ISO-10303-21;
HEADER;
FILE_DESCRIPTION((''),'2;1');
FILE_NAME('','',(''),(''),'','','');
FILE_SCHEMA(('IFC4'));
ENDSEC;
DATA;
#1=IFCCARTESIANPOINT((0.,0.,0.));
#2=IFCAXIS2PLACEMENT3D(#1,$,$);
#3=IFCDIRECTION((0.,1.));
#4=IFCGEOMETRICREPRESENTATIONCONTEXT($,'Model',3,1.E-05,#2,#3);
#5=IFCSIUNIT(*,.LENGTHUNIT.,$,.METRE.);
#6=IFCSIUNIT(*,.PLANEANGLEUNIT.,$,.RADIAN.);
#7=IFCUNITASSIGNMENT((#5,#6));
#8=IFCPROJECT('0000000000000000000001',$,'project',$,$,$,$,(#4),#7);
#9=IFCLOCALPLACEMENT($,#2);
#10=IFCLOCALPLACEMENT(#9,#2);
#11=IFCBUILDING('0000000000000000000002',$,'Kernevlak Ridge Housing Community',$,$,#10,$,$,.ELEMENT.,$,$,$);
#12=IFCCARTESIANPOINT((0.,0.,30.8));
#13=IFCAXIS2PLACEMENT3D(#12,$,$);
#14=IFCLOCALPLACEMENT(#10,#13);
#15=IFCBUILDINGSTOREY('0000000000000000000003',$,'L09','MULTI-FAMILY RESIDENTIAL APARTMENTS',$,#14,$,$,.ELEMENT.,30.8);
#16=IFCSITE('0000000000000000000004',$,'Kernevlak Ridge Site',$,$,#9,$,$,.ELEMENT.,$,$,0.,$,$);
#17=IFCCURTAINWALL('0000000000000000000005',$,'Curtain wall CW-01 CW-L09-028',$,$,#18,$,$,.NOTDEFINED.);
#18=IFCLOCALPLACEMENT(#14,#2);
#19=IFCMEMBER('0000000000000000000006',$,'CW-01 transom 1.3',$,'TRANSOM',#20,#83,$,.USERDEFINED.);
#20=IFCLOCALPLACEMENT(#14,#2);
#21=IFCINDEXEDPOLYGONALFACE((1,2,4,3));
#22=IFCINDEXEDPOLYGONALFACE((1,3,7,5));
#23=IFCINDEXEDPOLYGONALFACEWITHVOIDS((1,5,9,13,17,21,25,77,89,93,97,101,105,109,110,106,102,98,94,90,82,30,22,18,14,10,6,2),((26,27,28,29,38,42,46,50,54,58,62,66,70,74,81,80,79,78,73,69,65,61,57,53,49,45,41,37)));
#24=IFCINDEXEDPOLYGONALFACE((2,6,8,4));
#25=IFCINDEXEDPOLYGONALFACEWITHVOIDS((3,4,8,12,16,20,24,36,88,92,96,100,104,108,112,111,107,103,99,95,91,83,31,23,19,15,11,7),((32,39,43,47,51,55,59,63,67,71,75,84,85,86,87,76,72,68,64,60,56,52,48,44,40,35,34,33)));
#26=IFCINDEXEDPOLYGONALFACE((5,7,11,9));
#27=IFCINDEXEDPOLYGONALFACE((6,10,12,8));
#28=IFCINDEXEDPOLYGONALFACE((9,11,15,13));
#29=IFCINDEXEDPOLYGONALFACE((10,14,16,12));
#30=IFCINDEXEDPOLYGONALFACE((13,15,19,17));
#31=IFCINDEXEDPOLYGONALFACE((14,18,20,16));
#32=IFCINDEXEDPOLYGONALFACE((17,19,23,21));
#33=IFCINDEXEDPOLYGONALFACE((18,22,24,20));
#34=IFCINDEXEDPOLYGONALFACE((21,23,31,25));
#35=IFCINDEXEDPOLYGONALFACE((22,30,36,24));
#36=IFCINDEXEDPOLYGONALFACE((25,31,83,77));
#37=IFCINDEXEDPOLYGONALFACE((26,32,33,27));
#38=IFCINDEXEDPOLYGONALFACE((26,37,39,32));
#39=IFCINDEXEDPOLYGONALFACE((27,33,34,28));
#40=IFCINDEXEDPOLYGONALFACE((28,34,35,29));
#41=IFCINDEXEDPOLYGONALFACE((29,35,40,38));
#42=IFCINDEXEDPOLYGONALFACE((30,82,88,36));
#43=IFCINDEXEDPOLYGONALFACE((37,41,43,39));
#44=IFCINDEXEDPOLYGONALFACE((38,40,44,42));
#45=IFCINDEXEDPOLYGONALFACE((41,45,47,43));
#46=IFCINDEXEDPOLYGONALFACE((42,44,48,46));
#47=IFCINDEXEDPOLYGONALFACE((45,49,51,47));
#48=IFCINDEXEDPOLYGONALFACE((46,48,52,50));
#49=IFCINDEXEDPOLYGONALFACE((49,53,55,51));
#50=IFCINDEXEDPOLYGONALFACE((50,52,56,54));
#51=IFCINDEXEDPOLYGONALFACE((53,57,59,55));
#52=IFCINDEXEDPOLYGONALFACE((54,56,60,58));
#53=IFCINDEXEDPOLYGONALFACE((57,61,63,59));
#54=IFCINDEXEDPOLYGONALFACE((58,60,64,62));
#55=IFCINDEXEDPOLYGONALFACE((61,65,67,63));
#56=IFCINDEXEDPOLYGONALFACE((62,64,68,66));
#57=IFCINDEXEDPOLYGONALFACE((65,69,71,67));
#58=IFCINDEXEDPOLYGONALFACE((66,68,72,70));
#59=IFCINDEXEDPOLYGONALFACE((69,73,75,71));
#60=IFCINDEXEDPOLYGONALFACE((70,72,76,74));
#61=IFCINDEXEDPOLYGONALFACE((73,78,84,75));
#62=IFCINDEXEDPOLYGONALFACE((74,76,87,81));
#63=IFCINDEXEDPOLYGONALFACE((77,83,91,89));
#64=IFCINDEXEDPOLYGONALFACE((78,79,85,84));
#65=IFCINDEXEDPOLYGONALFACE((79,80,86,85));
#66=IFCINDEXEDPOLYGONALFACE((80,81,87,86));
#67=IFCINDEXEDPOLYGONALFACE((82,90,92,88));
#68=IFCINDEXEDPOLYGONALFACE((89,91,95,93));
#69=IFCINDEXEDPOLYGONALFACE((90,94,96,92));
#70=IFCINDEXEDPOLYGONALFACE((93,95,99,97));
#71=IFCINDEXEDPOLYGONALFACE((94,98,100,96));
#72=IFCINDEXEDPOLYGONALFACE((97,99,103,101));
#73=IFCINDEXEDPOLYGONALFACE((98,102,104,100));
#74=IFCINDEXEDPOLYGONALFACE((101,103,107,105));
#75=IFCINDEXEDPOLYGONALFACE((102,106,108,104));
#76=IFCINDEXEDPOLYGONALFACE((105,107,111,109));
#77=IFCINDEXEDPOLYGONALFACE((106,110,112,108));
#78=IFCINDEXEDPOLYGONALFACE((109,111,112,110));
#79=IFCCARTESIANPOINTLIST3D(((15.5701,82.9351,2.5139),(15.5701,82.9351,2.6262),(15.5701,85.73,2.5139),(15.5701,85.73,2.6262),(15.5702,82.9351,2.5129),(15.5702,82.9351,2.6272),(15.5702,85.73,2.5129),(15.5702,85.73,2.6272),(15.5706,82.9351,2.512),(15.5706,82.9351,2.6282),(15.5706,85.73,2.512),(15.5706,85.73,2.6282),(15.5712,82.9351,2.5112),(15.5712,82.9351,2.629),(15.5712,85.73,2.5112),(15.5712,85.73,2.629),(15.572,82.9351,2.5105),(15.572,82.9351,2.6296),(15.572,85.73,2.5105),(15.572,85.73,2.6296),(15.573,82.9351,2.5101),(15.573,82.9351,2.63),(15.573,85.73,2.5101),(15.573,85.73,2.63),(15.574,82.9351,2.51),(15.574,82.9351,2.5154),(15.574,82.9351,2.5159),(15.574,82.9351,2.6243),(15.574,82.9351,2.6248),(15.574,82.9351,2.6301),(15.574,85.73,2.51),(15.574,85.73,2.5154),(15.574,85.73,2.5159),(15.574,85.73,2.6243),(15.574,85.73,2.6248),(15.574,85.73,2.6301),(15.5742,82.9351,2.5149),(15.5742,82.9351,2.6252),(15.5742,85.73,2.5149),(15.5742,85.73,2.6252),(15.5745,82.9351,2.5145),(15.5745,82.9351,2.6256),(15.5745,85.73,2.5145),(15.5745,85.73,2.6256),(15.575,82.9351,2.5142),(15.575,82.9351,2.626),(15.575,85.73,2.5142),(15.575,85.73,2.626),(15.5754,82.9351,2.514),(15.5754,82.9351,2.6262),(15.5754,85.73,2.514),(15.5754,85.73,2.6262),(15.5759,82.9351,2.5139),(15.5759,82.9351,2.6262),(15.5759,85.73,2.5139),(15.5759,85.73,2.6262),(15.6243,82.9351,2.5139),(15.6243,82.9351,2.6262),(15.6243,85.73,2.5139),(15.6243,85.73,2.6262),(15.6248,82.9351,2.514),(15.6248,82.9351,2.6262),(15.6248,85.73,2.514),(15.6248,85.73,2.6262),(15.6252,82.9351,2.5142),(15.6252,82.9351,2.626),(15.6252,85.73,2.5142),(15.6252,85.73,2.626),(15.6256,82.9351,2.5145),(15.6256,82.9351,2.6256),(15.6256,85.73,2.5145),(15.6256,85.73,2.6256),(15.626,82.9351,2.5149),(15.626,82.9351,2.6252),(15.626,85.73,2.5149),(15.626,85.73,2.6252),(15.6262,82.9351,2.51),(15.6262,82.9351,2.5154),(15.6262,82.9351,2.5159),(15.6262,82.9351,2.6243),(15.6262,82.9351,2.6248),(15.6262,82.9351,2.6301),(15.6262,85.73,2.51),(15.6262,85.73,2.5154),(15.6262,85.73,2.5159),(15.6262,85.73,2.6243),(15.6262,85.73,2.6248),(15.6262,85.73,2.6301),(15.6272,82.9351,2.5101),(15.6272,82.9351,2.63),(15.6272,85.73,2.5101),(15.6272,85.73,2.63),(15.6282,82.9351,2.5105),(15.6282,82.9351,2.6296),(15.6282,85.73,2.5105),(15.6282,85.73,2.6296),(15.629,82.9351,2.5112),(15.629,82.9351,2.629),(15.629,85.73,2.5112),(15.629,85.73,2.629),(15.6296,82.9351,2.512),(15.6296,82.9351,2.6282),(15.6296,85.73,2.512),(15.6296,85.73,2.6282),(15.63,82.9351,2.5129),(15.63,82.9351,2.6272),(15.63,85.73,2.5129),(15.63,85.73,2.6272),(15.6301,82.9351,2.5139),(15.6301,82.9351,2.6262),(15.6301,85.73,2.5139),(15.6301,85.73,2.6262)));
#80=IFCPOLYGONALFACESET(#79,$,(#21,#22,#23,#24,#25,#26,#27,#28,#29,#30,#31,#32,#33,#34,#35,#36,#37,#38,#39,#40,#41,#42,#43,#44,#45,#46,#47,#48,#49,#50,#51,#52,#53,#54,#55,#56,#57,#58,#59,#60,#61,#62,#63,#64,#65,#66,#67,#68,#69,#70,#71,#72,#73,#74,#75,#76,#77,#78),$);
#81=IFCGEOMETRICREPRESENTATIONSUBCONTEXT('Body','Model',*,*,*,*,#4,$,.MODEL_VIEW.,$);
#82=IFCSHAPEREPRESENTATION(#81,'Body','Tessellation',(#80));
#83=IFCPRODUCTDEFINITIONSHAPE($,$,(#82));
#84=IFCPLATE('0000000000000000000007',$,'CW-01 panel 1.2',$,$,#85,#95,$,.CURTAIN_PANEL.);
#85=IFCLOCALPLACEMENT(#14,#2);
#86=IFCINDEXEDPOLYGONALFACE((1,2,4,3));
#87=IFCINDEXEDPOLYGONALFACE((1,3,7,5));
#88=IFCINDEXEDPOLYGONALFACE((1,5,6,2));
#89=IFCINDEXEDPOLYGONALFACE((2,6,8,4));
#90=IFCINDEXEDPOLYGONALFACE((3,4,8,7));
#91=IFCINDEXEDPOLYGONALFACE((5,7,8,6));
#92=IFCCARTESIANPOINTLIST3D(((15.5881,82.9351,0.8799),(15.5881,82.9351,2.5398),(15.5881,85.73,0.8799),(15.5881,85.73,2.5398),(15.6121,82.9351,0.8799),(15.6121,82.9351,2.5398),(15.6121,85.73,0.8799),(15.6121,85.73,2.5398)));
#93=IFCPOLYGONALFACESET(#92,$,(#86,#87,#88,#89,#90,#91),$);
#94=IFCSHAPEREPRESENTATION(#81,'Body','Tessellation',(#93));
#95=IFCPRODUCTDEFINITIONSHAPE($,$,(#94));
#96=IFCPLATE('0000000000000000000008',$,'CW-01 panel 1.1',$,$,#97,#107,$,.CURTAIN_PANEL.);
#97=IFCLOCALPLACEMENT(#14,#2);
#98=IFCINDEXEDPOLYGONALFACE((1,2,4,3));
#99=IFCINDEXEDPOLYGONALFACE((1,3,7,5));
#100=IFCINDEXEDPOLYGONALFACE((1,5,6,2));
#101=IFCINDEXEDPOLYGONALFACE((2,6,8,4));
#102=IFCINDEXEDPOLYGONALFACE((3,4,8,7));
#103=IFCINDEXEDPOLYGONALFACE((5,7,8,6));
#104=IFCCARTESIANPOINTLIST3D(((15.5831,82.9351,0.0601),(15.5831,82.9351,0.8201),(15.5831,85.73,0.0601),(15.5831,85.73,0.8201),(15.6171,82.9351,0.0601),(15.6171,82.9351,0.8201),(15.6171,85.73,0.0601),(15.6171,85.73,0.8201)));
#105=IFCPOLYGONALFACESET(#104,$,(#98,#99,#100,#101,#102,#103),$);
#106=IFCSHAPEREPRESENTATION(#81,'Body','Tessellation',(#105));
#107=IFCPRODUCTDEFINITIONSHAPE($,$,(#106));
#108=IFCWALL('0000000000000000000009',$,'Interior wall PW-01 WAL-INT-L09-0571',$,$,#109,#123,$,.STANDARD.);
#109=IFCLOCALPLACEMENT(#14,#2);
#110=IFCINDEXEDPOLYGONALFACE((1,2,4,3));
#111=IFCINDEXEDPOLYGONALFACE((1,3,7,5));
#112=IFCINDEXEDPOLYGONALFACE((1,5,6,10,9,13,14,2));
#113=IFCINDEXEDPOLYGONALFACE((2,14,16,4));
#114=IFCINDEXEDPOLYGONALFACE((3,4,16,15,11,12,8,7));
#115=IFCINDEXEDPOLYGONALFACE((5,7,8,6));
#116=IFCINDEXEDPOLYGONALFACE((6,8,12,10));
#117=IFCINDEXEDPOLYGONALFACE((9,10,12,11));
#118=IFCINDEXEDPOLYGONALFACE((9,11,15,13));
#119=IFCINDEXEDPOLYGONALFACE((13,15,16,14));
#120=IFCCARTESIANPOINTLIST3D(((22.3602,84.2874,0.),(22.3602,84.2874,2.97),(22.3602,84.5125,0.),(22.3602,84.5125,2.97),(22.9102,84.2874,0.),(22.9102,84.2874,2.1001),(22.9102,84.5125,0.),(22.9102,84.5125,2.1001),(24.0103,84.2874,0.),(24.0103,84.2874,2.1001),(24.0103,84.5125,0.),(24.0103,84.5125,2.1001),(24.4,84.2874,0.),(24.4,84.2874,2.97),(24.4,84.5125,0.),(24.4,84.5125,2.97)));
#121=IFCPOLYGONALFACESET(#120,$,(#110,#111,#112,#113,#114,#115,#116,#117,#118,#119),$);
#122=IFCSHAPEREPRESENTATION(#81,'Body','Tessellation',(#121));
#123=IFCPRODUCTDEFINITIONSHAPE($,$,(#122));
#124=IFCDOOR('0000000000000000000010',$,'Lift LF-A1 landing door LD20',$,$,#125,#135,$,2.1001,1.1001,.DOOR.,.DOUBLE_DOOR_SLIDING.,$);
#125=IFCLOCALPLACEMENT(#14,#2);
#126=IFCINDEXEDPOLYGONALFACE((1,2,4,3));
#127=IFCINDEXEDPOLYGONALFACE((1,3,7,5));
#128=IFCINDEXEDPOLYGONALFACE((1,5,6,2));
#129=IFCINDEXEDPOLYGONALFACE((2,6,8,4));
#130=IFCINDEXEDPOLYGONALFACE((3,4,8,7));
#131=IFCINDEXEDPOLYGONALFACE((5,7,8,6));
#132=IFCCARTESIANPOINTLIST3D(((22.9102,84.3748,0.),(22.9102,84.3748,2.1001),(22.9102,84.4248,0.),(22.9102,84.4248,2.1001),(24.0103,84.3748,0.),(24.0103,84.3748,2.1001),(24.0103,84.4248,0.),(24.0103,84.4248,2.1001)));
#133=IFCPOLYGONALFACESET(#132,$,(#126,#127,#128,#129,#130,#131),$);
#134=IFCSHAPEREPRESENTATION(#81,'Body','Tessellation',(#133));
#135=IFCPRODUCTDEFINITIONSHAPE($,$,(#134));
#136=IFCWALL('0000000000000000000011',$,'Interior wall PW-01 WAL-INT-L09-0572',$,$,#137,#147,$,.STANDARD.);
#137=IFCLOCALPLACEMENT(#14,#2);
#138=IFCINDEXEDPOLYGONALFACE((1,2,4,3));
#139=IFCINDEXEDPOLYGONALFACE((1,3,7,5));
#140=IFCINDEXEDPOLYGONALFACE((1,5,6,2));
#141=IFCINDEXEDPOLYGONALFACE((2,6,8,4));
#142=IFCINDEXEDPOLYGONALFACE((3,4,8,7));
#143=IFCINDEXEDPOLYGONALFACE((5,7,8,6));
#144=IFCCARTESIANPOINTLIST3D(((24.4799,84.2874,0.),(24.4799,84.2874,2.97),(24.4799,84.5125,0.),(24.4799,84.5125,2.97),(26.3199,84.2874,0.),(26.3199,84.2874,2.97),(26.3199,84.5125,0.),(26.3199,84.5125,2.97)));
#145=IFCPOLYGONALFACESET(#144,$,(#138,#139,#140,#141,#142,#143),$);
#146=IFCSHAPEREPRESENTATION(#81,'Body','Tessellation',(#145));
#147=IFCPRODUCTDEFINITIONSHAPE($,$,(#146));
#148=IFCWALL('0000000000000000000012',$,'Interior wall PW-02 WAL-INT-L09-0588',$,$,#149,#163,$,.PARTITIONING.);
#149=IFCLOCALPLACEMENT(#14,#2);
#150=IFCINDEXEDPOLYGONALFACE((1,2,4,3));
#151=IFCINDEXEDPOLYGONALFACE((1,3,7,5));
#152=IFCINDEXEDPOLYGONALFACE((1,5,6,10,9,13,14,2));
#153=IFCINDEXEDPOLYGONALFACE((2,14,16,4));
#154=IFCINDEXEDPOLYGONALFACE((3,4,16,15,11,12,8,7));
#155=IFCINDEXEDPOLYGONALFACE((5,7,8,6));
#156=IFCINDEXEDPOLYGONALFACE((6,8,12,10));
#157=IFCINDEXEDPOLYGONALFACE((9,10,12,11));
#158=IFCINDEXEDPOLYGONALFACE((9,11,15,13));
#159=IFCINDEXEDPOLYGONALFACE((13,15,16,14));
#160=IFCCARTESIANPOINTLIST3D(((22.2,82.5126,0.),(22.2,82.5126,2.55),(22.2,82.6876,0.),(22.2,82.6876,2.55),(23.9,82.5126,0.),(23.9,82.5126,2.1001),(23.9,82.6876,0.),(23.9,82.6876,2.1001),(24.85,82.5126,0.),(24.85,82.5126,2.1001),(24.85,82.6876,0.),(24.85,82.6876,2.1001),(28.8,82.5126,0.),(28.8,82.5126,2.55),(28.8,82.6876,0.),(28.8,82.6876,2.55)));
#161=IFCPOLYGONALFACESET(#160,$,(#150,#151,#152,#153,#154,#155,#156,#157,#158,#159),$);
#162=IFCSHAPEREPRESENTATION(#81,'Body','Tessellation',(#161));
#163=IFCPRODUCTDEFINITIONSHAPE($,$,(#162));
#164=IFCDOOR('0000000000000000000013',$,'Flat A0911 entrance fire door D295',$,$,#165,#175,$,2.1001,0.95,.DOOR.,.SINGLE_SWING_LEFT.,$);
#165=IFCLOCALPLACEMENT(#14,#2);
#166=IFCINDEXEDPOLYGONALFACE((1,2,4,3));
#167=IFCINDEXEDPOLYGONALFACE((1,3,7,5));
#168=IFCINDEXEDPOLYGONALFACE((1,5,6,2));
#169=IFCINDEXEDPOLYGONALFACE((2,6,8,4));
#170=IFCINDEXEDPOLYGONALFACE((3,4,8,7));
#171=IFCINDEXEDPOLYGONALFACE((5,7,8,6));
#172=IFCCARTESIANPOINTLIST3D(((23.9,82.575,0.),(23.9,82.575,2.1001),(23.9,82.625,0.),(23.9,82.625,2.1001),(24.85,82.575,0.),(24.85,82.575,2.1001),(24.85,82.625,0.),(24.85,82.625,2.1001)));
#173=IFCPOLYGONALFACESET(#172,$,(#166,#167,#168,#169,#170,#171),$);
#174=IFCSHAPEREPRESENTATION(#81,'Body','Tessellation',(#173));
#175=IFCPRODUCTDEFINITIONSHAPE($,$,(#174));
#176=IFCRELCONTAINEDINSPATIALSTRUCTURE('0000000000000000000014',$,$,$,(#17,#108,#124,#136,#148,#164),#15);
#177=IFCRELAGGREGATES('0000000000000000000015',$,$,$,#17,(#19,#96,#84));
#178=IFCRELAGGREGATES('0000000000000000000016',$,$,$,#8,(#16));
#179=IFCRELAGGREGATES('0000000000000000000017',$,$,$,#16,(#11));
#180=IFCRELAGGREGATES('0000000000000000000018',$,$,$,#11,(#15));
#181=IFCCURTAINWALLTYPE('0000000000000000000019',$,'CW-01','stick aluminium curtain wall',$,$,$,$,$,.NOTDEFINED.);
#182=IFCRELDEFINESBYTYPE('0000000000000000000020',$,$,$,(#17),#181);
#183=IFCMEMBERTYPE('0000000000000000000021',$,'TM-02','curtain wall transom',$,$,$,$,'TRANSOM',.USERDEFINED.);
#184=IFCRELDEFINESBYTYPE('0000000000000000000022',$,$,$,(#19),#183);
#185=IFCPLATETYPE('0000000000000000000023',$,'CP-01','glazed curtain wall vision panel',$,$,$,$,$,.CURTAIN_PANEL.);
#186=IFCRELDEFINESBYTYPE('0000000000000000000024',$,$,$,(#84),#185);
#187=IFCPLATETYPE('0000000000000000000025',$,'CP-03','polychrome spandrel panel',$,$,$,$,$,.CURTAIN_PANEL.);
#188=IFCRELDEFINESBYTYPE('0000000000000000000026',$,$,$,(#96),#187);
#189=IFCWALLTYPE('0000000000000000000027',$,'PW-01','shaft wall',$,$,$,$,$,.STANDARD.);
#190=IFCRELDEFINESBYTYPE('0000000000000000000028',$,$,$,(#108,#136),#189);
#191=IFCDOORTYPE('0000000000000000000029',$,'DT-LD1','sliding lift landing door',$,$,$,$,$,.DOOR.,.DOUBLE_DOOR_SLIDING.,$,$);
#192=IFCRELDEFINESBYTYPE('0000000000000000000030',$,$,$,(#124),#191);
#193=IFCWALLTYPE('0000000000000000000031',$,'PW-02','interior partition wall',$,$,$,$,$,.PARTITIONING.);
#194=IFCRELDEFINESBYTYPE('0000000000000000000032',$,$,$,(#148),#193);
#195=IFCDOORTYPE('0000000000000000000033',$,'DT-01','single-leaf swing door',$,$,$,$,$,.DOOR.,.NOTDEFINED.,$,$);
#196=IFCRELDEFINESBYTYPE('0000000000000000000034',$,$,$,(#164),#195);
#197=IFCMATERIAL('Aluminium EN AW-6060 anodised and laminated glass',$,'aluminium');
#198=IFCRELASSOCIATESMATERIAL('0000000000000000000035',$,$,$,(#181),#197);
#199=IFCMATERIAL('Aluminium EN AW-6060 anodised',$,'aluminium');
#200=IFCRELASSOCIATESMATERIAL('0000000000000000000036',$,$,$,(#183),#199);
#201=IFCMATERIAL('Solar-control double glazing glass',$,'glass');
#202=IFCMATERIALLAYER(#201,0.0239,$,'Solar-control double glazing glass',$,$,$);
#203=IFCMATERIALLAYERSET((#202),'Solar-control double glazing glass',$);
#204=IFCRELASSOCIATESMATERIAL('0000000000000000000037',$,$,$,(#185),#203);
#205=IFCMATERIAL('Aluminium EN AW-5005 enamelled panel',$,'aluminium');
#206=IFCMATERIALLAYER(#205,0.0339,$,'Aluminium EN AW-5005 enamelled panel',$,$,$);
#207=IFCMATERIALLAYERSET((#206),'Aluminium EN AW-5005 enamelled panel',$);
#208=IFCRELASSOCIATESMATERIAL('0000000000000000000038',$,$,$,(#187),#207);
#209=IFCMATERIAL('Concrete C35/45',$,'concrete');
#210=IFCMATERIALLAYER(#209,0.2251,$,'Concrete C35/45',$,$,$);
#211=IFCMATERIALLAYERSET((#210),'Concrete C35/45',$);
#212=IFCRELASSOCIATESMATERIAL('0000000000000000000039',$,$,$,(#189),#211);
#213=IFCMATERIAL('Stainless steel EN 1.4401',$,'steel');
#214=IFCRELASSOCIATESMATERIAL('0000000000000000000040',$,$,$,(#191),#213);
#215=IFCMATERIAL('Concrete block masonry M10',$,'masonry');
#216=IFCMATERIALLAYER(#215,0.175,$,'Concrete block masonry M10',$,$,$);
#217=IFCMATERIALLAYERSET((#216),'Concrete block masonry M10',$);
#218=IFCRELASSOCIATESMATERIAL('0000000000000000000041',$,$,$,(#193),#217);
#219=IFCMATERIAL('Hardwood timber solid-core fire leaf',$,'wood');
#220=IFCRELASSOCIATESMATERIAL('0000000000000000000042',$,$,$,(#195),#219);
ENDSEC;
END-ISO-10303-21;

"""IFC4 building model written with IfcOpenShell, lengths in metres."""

from ifc_helpers import new_model, si_unit, direction, frame, frame_2d, origin, origin_2d, place, context, subcontext, project, spatial, rectangle, hollow_rectangle, extrude, material, layer, layer_set, material_profile, profile_set, type_object, element, fill, aggregate, save


model = new_model("IFC4")

# Units and contexts
model_context = context("Model", 3, precision=1e-05, world=origin(), true_north=direction((0.0, 1.0)))
body_context = subcontext(model_context, "Body", "Model", "MODEL_VIEW")
ifc_project = project(units=[si_unit("LENGTHUNIT", "METRE"), si_unit("PLANEANGLEUNIT", "RADIAN")], contexts=[model_context])

# Site, building, storey
site_placement = place(None, origin())
site = spatial("IfcSite", under=ifc_project, at=site_placement, Name="Kernevlak Ridge Site", CompositionType="ELEMENT", RefElevation=0.0)
building_placement = place(site_placement, origin())
building = spatial("IfcBuilding", under=site, at=building_placement, Name="Kernevlak Ridge Housing Community", CompositionType="ELEMENT")
storey_placement = place(building_placement, frame((0.0, 0.0, 30.8)))
storey = spatial("IfcBuildingStorey", under=building, at=storey_placement, Name="L09", Description="MULTI-FAMILY RESIDENTIAL APARTMENTS", CompositionType="ELEMENT", Elevation=30.8)

# Shared definitions
ifc_material_1 = material(Name="Concrete C35/45", Category="concrete")

# Curtain wall
ifc_material_2 = material(Name="Aluminium EN AW-6060 anodised and laminated glass", Category="aluminium")
curtain_wall_type = type_object("IfcCurtainWallType", Name="CW-01", Description="stick aluminium curtain wall", PredefinedType="NOTDEFINED", material=ifc_material_2)
curtain_wall_placement = place(storey_placement, origin())
curtain_wall = element("IfcCurtainWall", 1, at=curtain_wall_placement, inside=storey, type_object=curtain_wall_type, Name="Curtain wall CW-01 CW-L09-028", PredefinedType="NOTDEFINED")
ifc_material_3 = material(Name="Aluminium EN AW-6060 anodised", Category="aluminium")

# Member
ifc_material_profile_1 = material_profile(ifc_material_3, hollow_rectangle(XDim=0.0601, YDim=0.1201, WallThickness=0.0039, InnerFilletRadius=0.002, OuterFilletRadius=0.0039, at=origin_2d()), Name="ALU 60x120x4")
ifc_profile_set_1 = profile_set([ifc_material_profile_1], Name="Aluminium EN AW-6060 anodised")
member_type_1 = type_object("IfcMemberType", Name="TM-02", Description="curtain wall transom", ElementType="TRANSOM", PredefinedType="USERDEFINED", material=ifc_profile_set_1)
member_1_placement = place(storey_placement, frame((15.6001, 82.9351, 2.5701), z_axis=(0.0, 1.0, 0.0), x_axis=(-1.0, 0.0, 0.0)))
member_1 = element("IfcMember", 2, at=member_1_placement, type_object=member_type_1, Name="CW-01 transom 1.3", ObjectType="TRANSOM", PredefinedType="USERDEFINED", context=body_context, shape_type="SweptSolid", body=[
    extrude(hollow_rectangle(XDim=0.0601, YDim=0.1201, WallThickness=0.0039, InnerFilletRadius=0.002, OuterFilletRadius=0.0039, at=origin_2d()), origin(), (0.0, 0.0, 1.0), 2.7949),
])

# Plates
ifc_material_4 = material(Name="Solar-control double glazing glass", Category="glass")
ifc_layer_1 = layer(ifc_material_4, 0.0239, Name="Solar-control double glazing glass")
ifc_layer_set_1 = layer_set([ifc_layer_1], Name="Solar-control double glazing glass")
plate_type_1 = type_object("IfcPlateType", Name="CP-01", Description="glazed curtain wall vision panel", PredefinedType="CURTAIN_PANEL", material=ifc_layer_set_1)
plate_1_placement = place(storey_placement, frame((15.6001, 84.3325, 0.8799), z_axis=(0.0, 0.0, 1.0), x_axis=(0.0, 1.0, 0.0)))
plate_1 = element("IfcPlate", 3, at=plate_1_placement, type_object=plate_type_1, Name="CW-01 panel 1.2", PredefinedType="CURTAIN_PANEL", context=body_context, shape_type="SweptSolid", body=[
    extrude(rectangle(XDim=2.7949, YDim=0.0239, at=origin_2d()), origin(), (0.0, 0.0, 1.0), 1.6599),
])
ifc_material_5 = material(Name="Aluminium EN AW-5005 enamelled panel", Category="aluminium")
ifc_layer_2 = layer(ifc_material_5, 0.0339, Name="Aluminium EN AW-5005 enamelled panel")
ifc_layer_set_2 = layer_set([ifc_layer_2], Name="Aluminium EN AW-5005 enamelled panel")
plate_type_2 = type_object("IfcPlateType", Name="CP-03", Description="polychrome spandrel panel", PredefinedType="CURTAIN_PANEL", material=ifc_layer_set_2)
plate_2_placement = place(storey_placement, frame((15.6001, 84.3325, 0.0601), z_axis=(0.0, 0.0, 1.0), x_axis=(0.0, 1.0, 0.0)))
plate_2 = element("IfcPlate", 4, at=plate_2_placement, type_object=plate_type_2, Name="CW-01 panel 1.1", PredefinedType="CURTAIN_PANEL", context=body_context, shape_type="SweptSolid", body=[
    extrude(rectangle(XDim=2.7949, YDim=0.0339, at=origin_2d()), origin(), (0.0, 0.0, 1.0), 0.76),
])
aggregate(curtain_wall, [member_1, plate_2, plate_1])

# Wall, opening, door
ifc_layer_3 = layer(ifc_material_1, 0.2251, Name="Concrete C35/45")
ifc_layer_set_3 = layer_set([ifc_layer_3], Name="Concrete C35/45")
wall_type_1 = type_object("IfcWallType", Name="PW-01", Description="shaft wall", PredefinedType="STANDARD", material=ifc_layer_set_3)
wall_1_placement = place(storey_placement, frame((22.3601, 84.3999, 0.0), z_axis=(0.0, 0.0, 1.0), x_axis=(1.0, 0.0, 0.0)))
wall_1 = element("IfcWall", 5, at=wall_1_placement, inside=storey, type_object=wall_type_1, Name="Interior wall PW-01 WAL-INT-L09-0571", PredefinedType="STANDARD", context=body_context, shape_type="SweptSolid", body=[
    extrude(rectangle(XDim=2.0398, YDim=0.2251, at=frame_2d((1.02, 0.0))), origin(), (0.0, 0.0, 1.0), 2.97),
])
opening_1_placement = place(wall_1_placement, frame((0.55, 0.0, 0.0)))
opening_1 = element("IfcOpeningElement", 6, at=opening_1_placement, cuts=wall_1, PredefinedType="OPENING", context=body_context, shape_type="SweptSolid", body=[
    extrude(rectangle(XDim=1.1001, YDim=2.1001, at=frame_2d((0.55, 1.05))), frame((0.0, 0.1226, 0.0), z_axis=(0.0, -1.0, 0.0), x_axis=(1.0, 0.0, 0.0)), (0.0, 0.0, 1.0), 0.2451),
])
ifc_material_6 = material(Name="Stainless steel EN 1.4401", Category="steel")
door_type_1 = type_object("IfcDoorType", Name="DT-LD1", Description="sliding lift landing door", OperationType="DOUBLE_DOOR_SLIDING", PredefinedType="DOOR", material=ifc_material_6)
door_1_placement = place(opening_1_placement, origin())
door_1 = element("IfcDoor", 7, at=door_1_placement, inside=storey, type_object=door_type_1, Name="Lift LF-A1 landing door LD20", OperationType="DOUBLE_DOOR_SLIDING", OverallHeight=2.1001, OverallWidth=1.1001, PredefinedType="DOOR", context=body_context, shape_type="SweptSolid", body=[
    extrude(rectangle(XDim=1.1001, YDim=2.1001, at=frame_2d((0.55, 1.05))), frame((0.0, 0.0249, 0.0), z_axis=(0.0, -1.0, 0.0), x_axis=(1.0, 0.0, 0.0)), (0.0, 0.0, 1.0), 0.05),
])
fill(opening_1, door_1)

# Wall
wall_2_placement = place(storey_placement, frame((24.48, 84.3999, 0.0), z_axis=(0.0, 0.0, 1.0), x_axis=(1.0, 0.0, 0.0)))
element("IfcWall", 8, at=wall_2_placement, inside=storey, type_object=wall_type_1, Name="Interior wall PW-01 WAL-INT-L09-0572", PredefinedType="STANDARD", context=body_context, shape_type="SweptSolid", body=[
    extrude(rectangle(XDim=1.8401, YDim=0.2251, at=frame_2d((0.9199, 0.0))), origin(), (0.0, 0.0, 1.0), 2.97),
])

# Wall, opening, door
ifc_material_7 = material(Name="Concrete block masonry M10", Category="masonry")
ifc_layer_4 = layer(ifc_material_7, 0.175, Name="Concrete block masonry M10")
ifc_layer_set_4 = layer_set([ifc_layer_4], Name="Concrete block masonry M10")
wall_type_2 = type_object("IfcWallType", Name="PW-02", Description="interior partition wall", PredefinedType="PARTITIONING", material=ifc_layer_set_4)
wall_3_placement = place(storey_placement, frame((22.2, 82.6001, 0.0), z_axis=(0.0, 0.0, 1.0), x_axis=(1.0, 0.0, 0.0)))
wall_3 = element("IfcWall", 9, at=wall_3_placement, inside=storey, type_object=wall_type_2, Name="Interior wall PW-02 WAL-INT-L09-0588", PredefinedType="PARTITIONING", context=body_context, shape_type="SweptSolid", body=[
    extrude(rectangle(XDim=6.6001, YDim=0.175, at=frame_2d((3.3, 0.0))), origin(), (0.0, 0.0, 1.0), 2.55),
])
opening_2_placement = place(wall_3_placement, frame((1.7, 0.0, 0.0)))
opening_2 = element("IfcOpeningElement", 10, at=opening_2_placement, cuts=wall_3, PredefinedType="OPENING", context=body_context, shape_type="SweptSolid", body=[
    extrude(rectangle(XDim=0.95, YDim=2.1001, at=frame_2d((0.4751, 1.05))), frame((0.0, 0.0974, 0.0), z_axis=(0.0, -1.0, 0.0), x_axis=(1.0, 0.0, 0.0)), (0.0, 0.0, 1.0), 0.1951),
])
ifc_material_8 = material(Name="Hardwood timber solid-core fire leaf", Category="wood")
door_type_2 = type_object("IfcDoorType", Name="DT-01", Description="single-leaf swing door", OperationType="NOTDEFINED", PredefinedType="DOOR", material=ifc_material_8)
door_2_placement = place(opening_2_placement, origin())
door_2 = element("IfcDoor", 11, at=door_2_placement, inside=storey, type_object=door_type_2, Name="Flat A0911 entrance fire door D295", OperationType="SINGLE_SWING_LEFT", OverallHeight=2.1001, OverallWidth=0.95, PredefinedType="DOOR", context=body_context, shape_type="SweptSolid", body=[
    extrude(rectangle(XDim=0.95, YDim=2.1001, at=frame_2d((0.4751, 1.05))), frame((0.0, 0.0249, 0.0), z_axis=(0.0, -1.0, 0.0), x_axis=(1.0, 0.0, 0.0)), (0.0, 0.0, 1.0), 0.05),
])
fill(opening_2, door_2)

save(model, "model.ifc")
